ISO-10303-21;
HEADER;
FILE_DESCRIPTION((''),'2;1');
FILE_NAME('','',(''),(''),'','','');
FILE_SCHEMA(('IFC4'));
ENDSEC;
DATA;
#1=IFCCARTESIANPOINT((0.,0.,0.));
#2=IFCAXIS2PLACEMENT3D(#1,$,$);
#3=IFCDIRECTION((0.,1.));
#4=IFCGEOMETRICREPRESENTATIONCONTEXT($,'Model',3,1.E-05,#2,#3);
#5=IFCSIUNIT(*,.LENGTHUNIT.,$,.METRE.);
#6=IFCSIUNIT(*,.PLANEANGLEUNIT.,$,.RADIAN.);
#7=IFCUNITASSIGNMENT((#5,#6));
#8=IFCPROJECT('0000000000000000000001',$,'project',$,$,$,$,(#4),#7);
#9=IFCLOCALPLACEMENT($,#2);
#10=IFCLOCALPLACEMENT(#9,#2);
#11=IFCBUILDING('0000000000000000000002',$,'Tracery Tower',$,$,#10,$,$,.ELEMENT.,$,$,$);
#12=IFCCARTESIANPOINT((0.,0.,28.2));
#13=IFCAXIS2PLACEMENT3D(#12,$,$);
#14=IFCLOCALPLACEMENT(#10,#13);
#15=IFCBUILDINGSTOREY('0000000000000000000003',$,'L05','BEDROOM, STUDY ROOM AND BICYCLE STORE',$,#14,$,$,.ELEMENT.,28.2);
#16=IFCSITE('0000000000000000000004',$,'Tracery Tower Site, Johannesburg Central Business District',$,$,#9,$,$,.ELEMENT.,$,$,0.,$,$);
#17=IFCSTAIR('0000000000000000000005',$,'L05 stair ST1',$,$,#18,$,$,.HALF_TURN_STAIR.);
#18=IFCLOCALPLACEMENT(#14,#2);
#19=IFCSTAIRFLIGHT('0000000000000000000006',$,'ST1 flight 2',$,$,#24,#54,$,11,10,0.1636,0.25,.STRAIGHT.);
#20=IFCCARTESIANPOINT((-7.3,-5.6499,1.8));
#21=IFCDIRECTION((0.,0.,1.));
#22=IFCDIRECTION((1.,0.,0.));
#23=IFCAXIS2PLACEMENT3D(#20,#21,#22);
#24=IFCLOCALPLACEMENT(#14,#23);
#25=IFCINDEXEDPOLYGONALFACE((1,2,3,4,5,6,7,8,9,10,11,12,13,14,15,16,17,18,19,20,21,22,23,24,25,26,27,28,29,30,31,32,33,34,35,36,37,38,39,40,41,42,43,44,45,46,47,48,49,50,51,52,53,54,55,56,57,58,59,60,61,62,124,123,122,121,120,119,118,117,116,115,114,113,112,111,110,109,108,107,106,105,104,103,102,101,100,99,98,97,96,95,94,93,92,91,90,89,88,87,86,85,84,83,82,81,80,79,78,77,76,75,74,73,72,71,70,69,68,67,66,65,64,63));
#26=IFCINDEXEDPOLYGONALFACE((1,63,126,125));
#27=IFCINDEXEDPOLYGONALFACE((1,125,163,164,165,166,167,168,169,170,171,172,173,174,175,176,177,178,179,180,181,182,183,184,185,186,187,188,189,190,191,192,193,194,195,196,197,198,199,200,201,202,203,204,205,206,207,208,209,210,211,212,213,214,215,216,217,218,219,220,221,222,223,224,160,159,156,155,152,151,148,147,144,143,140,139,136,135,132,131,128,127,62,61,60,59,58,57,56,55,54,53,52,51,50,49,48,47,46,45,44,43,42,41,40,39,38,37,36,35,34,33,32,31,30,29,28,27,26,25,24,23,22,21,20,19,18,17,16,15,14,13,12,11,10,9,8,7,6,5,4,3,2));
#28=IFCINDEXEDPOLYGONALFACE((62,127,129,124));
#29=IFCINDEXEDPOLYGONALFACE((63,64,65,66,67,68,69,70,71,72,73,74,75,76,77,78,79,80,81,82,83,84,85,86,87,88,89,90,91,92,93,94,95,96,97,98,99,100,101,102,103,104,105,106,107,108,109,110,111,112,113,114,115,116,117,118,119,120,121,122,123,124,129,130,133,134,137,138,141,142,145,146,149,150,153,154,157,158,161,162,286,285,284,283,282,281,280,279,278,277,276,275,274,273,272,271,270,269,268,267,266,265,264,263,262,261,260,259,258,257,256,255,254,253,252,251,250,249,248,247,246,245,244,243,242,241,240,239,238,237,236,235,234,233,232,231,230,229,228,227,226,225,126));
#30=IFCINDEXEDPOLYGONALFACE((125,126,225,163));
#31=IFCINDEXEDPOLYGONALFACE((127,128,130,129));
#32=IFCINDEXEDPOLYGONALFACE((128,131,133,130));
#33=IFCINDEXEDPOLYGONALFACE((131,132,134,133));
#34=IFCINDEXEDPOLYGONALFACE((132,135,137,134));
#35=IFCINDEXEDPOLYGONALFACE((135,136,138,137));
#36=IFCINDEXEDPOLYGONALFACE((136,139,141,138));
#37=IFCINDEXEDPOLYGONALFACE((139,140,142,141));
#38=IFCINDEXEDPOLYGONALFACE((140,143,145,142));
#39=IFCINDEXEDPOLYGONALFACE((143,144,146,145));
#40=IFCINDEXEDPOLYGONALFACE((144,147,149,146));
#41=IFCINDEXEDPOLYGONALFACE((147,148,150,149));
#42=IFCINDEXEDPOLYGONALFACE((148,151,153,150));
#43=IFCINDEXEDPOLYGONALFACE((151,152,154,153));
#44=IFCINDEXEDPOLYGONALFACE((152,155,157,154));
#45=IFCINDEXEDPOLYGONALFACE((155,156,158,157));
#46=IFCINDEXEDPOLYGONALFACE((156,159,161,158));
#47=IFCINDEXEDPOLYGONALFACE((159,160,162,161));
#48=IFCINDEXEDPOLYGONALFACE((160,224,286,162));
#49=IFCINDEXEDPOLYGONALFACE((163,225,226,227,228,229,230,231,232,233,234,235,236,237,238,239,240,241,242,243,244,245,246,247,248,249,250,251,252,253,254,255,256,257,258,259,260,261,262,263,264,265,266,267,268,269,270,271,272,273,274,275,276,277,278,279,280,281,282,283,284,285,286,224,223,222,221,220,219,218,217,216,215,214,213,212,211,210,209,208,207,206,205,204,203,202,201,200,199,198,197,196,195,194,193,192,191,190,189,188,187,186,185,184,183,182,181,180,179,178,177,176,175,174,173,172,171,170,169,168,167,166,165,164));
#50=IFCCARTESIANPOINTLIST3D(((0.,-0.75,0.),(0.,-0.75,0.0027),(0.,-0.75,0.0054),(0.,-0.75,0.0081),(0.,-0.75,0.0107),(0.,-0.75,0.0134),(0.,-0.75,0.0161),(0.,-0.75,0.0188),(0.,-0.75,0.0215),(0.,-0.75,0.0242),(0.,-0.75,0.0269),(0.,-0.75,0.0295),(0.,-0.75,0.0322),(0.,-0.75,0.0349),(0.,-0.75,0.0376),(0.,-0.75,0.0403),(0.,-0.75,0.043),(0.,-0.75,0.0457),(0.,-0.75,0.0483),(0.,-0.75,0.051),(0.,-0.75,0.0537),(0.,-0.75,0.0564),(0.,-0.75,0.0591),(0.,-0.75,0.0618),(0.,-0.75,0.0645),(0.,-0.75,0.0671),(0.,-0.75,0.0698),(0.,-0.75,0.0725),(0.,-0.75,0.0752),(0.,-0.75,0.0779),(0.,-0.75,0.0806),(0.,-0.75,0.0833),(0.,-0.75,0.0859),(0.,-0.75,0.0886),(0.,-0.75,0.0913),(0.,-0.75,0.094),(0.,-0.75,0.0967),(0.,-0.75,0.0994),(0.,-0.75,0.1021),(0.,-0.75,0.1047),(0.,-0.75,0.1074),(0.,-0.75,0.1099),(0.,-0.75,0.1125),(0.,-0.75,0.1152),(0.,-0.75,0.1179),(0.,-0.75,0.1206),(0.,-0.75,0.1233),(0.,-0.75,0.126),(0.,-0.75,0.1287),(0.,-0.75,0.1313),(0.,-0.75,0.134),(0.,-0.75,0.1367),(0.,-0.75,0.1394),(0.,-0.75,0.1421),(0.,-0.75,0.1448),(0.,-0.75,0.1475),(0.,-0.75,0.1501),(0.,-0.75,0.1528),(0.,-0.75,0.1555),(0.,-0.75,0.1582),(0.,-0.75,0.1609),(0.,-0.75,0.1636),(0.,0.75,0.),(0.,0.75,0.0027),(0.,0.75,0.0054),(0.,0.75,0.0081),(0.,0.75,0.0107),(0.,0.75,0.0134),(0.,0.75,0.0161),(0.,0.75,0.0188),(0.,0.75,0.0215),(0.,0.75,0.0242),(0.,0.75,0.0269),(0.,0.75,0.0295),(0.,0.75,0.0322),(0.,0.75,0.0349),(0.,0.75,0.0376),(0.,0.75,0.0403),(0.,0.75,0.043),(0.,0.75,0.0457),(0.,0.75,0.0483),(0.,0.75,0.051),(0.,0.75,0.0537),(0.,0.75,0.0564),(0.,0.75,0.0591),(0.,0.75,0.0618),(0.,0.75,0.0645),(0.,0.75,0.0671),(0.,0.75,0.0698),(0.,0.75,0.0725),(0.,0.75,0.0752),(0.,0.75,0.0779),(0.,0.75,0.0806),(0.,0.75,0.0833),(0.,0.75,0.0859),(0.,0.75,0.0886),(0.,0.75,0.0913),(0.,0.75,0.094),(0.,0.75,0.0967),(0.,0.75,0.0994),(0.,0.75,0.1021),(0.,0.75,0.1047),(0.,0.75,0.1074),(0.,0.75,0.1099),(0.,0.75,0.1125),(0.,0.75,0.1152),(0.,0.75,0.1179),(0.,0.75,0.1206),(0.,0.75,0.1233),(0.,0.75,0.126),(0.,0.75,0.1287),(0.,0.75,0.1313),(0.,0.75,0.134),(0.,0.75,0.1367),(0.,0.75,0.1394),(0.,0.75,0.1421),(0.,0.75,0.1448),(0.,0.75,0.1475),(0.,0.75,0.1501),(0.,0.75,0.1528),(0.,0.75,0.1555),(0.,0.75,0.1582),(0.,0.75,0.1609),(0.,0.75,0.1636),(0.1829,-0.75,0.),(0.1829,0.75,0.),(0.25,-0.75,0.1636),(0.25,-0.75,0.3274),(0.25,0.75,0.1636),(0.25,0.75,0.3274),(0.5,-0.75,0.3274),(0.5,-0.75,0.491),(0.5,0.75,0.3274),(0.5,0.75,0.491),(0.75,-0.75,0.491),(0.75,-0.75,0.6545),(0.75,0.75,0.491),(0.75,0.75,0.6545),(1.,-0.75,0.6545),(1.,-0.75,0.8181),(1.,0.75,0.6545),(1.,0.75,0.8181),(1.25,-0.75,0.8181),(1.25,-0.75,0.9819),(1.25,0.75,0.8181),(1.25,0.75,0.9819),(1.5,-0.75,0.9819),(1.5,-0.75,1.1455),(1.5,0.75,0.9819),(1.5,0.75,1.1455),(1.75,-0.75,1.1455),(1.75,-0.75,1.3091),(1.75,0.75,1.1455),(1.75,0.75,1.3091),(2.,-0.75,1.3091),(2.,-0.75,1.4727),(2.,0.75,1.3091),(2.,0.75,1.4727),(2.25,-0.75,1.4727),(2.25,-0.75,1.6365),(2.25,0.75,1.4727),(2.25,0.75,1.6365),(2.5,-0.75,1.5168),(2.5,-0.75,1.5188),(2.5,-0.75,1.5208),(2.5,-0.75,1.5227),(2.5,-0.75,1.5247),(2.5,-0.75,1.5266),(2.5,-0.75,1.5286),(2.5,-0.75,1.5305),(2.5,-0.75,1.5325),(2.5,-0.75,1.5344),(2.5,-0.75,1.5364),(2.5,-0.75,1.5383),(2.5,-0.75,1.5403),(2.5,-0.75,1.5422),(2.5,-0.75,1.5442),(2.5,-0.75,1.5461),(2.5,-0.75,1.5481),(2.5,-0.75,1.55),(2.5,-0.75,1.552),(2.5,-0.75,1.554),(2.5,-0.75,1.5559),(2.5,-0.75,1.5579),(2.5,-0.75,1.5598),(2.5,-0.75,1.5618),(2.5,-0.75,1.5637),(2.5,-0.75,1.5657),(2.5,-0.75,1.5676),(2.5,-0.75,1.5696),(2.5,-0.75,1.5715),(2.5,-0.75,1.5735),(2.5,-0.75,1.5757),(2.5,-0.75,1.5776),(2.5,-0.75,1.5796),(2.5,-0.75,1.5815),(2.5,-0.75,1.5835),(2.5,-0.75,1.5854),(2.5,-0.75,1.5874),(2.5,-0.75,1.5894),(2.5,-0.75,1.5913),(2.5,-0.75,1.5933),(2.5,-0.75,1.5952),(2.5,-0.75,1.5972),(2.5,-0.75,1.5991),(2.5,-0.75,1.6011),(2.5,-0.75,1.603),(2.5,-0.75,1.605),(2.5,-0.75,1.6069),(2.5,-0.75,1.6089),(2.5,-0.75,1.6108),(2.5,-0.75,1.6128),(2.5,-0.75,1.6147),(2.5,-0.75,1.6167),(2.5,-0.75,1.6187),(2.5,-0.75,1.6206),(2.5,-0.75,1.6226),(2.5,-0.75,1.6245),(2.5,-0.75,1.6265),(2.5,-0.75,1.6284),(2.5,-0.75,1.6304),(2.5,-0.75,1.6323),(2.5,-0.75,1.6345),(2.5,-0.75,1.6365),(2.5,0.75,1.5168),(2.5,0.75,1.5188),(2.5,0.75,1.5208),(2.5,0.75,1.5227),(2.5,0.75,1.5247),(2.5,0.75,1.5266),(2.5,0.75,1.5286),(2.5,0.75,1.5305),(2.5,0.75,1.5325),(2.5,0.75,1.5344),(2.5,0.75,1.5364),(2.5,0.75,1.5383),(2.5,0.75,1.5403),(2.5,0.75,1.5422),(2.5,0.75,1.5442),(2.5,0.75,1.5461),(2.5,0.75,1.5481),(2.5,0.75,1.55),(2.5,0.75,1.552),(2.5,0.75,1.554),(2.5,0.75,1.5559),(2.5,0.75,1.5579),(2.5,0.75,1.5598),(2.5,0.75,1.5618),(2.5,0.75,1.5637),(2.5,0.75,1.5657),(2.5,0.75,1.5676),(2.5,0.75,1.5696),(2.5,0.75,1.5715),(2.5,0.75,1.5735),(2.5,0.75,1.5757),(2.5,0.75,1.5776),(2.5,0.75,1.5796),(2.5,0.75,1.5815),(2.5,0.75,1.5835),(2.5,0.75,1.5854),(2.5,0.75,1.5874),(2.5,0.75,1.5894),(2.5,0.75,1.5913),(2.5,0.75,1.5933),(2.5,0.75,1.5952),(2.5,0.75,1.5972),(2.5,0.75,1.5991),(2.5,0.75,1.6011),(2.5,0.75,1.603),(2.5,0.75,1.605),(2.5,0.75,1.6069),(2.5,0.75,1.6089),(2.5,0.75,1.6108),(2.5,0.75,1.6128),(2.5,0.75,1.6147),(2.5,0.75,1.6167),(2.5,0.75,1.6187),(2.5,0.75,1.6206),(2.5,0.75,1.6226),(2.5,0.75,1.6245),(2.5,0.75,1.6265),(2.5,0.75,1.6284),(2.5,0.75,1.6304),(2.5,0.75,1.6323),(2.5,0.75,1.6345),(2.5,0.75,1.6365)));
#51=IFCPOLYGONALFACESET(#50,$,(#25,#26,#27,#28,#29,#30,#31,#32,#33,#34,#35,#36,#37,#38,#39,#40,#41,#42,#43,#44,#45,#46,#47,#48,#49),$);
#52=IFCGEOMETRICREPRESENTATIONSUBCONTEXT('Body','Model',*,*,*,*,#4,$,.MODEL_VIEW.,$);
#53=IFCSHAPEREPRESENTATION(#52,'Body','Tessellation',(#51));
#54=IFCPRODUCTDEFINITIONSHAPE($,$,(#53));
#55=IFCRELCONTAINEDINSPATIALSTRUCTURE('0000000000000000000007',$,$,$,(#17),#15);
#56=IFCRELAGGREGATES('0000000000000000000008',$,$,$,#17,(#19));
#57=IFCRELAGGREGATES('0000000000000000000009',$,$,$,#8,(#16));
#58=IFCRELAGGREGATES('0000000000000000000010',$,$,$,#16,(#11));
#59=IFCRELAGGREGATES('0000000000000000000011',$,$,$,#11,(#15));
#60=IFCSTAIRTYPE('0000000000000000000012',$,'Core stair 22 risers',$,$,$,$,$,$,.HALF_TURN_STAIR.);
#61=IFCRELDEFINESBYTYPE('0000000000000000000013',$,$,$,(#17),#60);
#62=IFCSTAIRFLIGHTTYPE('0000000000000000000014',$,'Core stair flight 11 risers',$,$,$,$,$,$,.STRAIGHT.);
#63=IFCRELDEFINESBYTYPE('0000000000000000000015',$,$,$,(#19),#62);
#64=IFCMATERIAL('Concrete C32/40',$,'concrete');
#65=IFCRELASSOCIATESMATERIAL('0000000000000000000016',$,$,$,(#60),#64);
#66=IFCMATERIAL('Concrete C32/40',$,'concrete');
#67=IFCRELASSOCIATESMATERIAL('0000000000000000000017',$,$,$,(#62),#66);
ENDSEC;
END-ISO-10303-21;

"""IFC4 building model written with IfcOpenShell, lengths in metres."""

from ifc_helpers import new_model, si_unit, direction, frame, origin, place, context, subcontext, project, spatial, polyline, outline, extrude, material, type_object, element, aggregate, save


model = new_model("IFC4")

# Units and contexts
model_context = context("Model", 3, precision=1e-05, world=origin(), true_north=direction((0.0, 1.0)))
body_context = subcontext(model_context, "Body", "Model", "MODEL_VIEW")
ifc_project = project(units=[si_unit("LENGTHUNIT", "METRE"), si_unit("PLANEANGLEUNIT", "RADIAN")], contexts=[model_context])

# Site, building, storey
site_placement = place(None, origin())
site = spatial("IfcSite", under=ifc_project, at=site_placement, Name="Tracery Tower Site, Johannesburg Central Business District", CompositionType="ELEMENT", RefElevation=0.0)
building_placement = place(site_placement, origin())
building = spatial("IfcBuilding", under=site, at=building_placement, Name="Tracery Tower", CompositionType="ELEMENT")
storey_placement = place(building_placement, frame((0.0, 0.0, 28.2)))
storey = spatial("IfcBuildingStorey", under=building, at=storey_placement, Name="L05", Description="BEDROOM, STUDY ROOM AND BICYCLE STORE", CompositionType="ELEMENT", Elevation=28.2)

# Stair, stair flight
ifc_material_1 = material(Name="Concrete C32/40", Category="concrete")
stair_type = type_object("IfcStairType", Name="Core stair 22 risers", PredefinedType="HALF_TURN_STAIR", material=ifc_material_1)
stair_placement = place(storey_placement, origin())
stair = element("IfcStair", 1, at=stair_placement, inside=storey, type_object=stair_type, Name="L05 stair ST1", PredefinedType="HALF_TURN_STAIR")
ifc_material_2 = material(Name="Concrete C32/40", Category="concrete")
stair_flight_type = type_object("IfcStairFlightType", Name="Core stair flight 11 risers", PredefinedType="STRAIGHT", material=ifc_material_2)
stair_flight_1_placement = place(storey_placement, frame((-7.3, -5.6499, 1.8), z_axis=(0.0, 0.0, 1.0), x_axis=(1.0, 0.0, 0.0)))
stair_flight_1 = element("IfcStairFlight", 2, at=stair_flight_1_placement, type_object=stair_flight_type, Name="ST1 flight 2", NumberOfRisers=11, NumberOfTreads=10, PredefinedType="STRAIGHT", RiserHeight=0.1636, TreadLength=0.25, context=body_context, shape_type="SweptSolid", body=[
    extrude(outline(polyline([(0.0, 0.0), (0.0, 0.0027), (0.0, 0.0054), (0.0, 0.0081), (0.0, 0.0107), (0.0, 0.0134), (0.0, 0.0161), (0.0, 0.0188), (0.0, 0.0215), (0.0, 0.0242), (0.0, 0.0269), (0.0, 0.0295), (0.0, 0.0322), (0.0, 0.0349), (0.0, 0.0376), (0.0, 0.0403), (0.0, 0.043), (0.0, 0.0457), (0.0, 0.0483), (0.0, 0.051), (0.0, 0.0537), (0.0, 0.0564), (0.0, 0.0591), (0.0, 0.0618), (0.0, 0.0645), (0.0, 0.0671), (0.0, 0.0698), (0.0, 0.0725), (0.0, 0.0752), (0.0, 0.0779), (0.0, 0.0806), (0.0, 0.0833), (0.0, 0.0859), (0.0, 0.0886), (0.0, 0.0913), (0.0, 0.094), (0.0, 0.0967), (0.0, 0.0994), (0.0, 0.1021), (0.0, 0.1047), (0.0, 0.1074), (0.0, 0.1099), (0.0, 0.1125), (0.0, 0.1152), (0.0, 0.1179), (0.0, 0.1206), (0.0, 0.1233), (0.0, 0.126), (0.0, 0.1287), (0.0, 0.1313), (0.0, 0.134), (0.0, 0.1367), (0.0, 0.1394), (0.0, 0.1421), (0.0, 0.1448), (0.0, 0.1475), (0.0, 0.1501), (0.0, 0.1528), (0.0, 0.1555), (0.0, 0.1582), (0.0, 0.1609), (0.0, 0.1636), (0.25, 0.1636), (0.25, 0.3274), (0.5, 0.3274), (0.5, 0.491), (0.75, 0.491), (0.75, 0.6545), (1.0, 0.6545), (1.0, 0.8181), (1.25, 0.8181), (1.25, 0.9819), (1.5, 0.9819), (1.5, 1.1455), (1.75, 1.1455), (1.75, 1.3091), (2.0, 1.3091), (2.0, 1.4727), (2.25, 1.4727), (2.25, 1.6365), (2.5, 1.6365), (2.5, 1.6345), (2.5, 1.6323), (2.5, 1.6304), (2.5, 1.6284), (2.5, 1.6265), (2.5, 1.6245), (2.5, 1.6226), (2.5, 1.6206), (2.5, 1.6187), (2.5, 1.6167), (2.5, 1.6147), (2.5, 1.6128), (2.5, 1.6108), (2.5, 1.6089), (2.5, 1.6069), (2.5, 1.605), (2.5, 1.603), (2.5, 1.6011), (2.5, 1.5991), (2.5, 1.5972), (2.5, 1.5952), (2.5, 1.5933), (2.5, 1.5913), (2.5, 1.5894), (2.5, 1.5874), (2.5, 1.5854), (2.5, 1.5835), (2.5, 1.5815), (2.5, 1.5796), (2.5, 1.5776), (2.5, 1.5757), (2.5, 1.5735), (2.5, 1.5715), (2.5, 1.5696), (2.5, 1.5676), (2.5, 1.5657), (2.5, 1.5637), (2.5, 1.5618), (2.5, 1.5598), (2.5, 1.5579), (2.5, 1.5559), (2.5, 1.554), (2.5, 1.552), (2.5, 1.55), (2.5, 1.5481), (2.5, 1.5461), (2.5, 1.5442), (2.5, 1.5422), (2.5, 1.5403), (2.5, 1.5383), (2.5, 1.5364), (2.5, 1.5344), (2.5, 1.5325), (2.5, 1.5305), (2.5, 1.5286), (2.5, 1.5266), (2.5, 1.5247), (2.5, 1.5227), (2.5, 1.5208), (2.5, 1.5188), (2.5, 1.5168), (0.1829, 0.0), (0.0, 0.0)])), frame((0.0, 0.75, 0.0), z_axis=(0.0, -1.0, 0.0), x_axis=(1.0, 0.0, 0.0)), (0.0, 0.0, 1.0), 1.5),
])
aggregate(stair, [stair_flight_1])

save(model, "model.ifc")
